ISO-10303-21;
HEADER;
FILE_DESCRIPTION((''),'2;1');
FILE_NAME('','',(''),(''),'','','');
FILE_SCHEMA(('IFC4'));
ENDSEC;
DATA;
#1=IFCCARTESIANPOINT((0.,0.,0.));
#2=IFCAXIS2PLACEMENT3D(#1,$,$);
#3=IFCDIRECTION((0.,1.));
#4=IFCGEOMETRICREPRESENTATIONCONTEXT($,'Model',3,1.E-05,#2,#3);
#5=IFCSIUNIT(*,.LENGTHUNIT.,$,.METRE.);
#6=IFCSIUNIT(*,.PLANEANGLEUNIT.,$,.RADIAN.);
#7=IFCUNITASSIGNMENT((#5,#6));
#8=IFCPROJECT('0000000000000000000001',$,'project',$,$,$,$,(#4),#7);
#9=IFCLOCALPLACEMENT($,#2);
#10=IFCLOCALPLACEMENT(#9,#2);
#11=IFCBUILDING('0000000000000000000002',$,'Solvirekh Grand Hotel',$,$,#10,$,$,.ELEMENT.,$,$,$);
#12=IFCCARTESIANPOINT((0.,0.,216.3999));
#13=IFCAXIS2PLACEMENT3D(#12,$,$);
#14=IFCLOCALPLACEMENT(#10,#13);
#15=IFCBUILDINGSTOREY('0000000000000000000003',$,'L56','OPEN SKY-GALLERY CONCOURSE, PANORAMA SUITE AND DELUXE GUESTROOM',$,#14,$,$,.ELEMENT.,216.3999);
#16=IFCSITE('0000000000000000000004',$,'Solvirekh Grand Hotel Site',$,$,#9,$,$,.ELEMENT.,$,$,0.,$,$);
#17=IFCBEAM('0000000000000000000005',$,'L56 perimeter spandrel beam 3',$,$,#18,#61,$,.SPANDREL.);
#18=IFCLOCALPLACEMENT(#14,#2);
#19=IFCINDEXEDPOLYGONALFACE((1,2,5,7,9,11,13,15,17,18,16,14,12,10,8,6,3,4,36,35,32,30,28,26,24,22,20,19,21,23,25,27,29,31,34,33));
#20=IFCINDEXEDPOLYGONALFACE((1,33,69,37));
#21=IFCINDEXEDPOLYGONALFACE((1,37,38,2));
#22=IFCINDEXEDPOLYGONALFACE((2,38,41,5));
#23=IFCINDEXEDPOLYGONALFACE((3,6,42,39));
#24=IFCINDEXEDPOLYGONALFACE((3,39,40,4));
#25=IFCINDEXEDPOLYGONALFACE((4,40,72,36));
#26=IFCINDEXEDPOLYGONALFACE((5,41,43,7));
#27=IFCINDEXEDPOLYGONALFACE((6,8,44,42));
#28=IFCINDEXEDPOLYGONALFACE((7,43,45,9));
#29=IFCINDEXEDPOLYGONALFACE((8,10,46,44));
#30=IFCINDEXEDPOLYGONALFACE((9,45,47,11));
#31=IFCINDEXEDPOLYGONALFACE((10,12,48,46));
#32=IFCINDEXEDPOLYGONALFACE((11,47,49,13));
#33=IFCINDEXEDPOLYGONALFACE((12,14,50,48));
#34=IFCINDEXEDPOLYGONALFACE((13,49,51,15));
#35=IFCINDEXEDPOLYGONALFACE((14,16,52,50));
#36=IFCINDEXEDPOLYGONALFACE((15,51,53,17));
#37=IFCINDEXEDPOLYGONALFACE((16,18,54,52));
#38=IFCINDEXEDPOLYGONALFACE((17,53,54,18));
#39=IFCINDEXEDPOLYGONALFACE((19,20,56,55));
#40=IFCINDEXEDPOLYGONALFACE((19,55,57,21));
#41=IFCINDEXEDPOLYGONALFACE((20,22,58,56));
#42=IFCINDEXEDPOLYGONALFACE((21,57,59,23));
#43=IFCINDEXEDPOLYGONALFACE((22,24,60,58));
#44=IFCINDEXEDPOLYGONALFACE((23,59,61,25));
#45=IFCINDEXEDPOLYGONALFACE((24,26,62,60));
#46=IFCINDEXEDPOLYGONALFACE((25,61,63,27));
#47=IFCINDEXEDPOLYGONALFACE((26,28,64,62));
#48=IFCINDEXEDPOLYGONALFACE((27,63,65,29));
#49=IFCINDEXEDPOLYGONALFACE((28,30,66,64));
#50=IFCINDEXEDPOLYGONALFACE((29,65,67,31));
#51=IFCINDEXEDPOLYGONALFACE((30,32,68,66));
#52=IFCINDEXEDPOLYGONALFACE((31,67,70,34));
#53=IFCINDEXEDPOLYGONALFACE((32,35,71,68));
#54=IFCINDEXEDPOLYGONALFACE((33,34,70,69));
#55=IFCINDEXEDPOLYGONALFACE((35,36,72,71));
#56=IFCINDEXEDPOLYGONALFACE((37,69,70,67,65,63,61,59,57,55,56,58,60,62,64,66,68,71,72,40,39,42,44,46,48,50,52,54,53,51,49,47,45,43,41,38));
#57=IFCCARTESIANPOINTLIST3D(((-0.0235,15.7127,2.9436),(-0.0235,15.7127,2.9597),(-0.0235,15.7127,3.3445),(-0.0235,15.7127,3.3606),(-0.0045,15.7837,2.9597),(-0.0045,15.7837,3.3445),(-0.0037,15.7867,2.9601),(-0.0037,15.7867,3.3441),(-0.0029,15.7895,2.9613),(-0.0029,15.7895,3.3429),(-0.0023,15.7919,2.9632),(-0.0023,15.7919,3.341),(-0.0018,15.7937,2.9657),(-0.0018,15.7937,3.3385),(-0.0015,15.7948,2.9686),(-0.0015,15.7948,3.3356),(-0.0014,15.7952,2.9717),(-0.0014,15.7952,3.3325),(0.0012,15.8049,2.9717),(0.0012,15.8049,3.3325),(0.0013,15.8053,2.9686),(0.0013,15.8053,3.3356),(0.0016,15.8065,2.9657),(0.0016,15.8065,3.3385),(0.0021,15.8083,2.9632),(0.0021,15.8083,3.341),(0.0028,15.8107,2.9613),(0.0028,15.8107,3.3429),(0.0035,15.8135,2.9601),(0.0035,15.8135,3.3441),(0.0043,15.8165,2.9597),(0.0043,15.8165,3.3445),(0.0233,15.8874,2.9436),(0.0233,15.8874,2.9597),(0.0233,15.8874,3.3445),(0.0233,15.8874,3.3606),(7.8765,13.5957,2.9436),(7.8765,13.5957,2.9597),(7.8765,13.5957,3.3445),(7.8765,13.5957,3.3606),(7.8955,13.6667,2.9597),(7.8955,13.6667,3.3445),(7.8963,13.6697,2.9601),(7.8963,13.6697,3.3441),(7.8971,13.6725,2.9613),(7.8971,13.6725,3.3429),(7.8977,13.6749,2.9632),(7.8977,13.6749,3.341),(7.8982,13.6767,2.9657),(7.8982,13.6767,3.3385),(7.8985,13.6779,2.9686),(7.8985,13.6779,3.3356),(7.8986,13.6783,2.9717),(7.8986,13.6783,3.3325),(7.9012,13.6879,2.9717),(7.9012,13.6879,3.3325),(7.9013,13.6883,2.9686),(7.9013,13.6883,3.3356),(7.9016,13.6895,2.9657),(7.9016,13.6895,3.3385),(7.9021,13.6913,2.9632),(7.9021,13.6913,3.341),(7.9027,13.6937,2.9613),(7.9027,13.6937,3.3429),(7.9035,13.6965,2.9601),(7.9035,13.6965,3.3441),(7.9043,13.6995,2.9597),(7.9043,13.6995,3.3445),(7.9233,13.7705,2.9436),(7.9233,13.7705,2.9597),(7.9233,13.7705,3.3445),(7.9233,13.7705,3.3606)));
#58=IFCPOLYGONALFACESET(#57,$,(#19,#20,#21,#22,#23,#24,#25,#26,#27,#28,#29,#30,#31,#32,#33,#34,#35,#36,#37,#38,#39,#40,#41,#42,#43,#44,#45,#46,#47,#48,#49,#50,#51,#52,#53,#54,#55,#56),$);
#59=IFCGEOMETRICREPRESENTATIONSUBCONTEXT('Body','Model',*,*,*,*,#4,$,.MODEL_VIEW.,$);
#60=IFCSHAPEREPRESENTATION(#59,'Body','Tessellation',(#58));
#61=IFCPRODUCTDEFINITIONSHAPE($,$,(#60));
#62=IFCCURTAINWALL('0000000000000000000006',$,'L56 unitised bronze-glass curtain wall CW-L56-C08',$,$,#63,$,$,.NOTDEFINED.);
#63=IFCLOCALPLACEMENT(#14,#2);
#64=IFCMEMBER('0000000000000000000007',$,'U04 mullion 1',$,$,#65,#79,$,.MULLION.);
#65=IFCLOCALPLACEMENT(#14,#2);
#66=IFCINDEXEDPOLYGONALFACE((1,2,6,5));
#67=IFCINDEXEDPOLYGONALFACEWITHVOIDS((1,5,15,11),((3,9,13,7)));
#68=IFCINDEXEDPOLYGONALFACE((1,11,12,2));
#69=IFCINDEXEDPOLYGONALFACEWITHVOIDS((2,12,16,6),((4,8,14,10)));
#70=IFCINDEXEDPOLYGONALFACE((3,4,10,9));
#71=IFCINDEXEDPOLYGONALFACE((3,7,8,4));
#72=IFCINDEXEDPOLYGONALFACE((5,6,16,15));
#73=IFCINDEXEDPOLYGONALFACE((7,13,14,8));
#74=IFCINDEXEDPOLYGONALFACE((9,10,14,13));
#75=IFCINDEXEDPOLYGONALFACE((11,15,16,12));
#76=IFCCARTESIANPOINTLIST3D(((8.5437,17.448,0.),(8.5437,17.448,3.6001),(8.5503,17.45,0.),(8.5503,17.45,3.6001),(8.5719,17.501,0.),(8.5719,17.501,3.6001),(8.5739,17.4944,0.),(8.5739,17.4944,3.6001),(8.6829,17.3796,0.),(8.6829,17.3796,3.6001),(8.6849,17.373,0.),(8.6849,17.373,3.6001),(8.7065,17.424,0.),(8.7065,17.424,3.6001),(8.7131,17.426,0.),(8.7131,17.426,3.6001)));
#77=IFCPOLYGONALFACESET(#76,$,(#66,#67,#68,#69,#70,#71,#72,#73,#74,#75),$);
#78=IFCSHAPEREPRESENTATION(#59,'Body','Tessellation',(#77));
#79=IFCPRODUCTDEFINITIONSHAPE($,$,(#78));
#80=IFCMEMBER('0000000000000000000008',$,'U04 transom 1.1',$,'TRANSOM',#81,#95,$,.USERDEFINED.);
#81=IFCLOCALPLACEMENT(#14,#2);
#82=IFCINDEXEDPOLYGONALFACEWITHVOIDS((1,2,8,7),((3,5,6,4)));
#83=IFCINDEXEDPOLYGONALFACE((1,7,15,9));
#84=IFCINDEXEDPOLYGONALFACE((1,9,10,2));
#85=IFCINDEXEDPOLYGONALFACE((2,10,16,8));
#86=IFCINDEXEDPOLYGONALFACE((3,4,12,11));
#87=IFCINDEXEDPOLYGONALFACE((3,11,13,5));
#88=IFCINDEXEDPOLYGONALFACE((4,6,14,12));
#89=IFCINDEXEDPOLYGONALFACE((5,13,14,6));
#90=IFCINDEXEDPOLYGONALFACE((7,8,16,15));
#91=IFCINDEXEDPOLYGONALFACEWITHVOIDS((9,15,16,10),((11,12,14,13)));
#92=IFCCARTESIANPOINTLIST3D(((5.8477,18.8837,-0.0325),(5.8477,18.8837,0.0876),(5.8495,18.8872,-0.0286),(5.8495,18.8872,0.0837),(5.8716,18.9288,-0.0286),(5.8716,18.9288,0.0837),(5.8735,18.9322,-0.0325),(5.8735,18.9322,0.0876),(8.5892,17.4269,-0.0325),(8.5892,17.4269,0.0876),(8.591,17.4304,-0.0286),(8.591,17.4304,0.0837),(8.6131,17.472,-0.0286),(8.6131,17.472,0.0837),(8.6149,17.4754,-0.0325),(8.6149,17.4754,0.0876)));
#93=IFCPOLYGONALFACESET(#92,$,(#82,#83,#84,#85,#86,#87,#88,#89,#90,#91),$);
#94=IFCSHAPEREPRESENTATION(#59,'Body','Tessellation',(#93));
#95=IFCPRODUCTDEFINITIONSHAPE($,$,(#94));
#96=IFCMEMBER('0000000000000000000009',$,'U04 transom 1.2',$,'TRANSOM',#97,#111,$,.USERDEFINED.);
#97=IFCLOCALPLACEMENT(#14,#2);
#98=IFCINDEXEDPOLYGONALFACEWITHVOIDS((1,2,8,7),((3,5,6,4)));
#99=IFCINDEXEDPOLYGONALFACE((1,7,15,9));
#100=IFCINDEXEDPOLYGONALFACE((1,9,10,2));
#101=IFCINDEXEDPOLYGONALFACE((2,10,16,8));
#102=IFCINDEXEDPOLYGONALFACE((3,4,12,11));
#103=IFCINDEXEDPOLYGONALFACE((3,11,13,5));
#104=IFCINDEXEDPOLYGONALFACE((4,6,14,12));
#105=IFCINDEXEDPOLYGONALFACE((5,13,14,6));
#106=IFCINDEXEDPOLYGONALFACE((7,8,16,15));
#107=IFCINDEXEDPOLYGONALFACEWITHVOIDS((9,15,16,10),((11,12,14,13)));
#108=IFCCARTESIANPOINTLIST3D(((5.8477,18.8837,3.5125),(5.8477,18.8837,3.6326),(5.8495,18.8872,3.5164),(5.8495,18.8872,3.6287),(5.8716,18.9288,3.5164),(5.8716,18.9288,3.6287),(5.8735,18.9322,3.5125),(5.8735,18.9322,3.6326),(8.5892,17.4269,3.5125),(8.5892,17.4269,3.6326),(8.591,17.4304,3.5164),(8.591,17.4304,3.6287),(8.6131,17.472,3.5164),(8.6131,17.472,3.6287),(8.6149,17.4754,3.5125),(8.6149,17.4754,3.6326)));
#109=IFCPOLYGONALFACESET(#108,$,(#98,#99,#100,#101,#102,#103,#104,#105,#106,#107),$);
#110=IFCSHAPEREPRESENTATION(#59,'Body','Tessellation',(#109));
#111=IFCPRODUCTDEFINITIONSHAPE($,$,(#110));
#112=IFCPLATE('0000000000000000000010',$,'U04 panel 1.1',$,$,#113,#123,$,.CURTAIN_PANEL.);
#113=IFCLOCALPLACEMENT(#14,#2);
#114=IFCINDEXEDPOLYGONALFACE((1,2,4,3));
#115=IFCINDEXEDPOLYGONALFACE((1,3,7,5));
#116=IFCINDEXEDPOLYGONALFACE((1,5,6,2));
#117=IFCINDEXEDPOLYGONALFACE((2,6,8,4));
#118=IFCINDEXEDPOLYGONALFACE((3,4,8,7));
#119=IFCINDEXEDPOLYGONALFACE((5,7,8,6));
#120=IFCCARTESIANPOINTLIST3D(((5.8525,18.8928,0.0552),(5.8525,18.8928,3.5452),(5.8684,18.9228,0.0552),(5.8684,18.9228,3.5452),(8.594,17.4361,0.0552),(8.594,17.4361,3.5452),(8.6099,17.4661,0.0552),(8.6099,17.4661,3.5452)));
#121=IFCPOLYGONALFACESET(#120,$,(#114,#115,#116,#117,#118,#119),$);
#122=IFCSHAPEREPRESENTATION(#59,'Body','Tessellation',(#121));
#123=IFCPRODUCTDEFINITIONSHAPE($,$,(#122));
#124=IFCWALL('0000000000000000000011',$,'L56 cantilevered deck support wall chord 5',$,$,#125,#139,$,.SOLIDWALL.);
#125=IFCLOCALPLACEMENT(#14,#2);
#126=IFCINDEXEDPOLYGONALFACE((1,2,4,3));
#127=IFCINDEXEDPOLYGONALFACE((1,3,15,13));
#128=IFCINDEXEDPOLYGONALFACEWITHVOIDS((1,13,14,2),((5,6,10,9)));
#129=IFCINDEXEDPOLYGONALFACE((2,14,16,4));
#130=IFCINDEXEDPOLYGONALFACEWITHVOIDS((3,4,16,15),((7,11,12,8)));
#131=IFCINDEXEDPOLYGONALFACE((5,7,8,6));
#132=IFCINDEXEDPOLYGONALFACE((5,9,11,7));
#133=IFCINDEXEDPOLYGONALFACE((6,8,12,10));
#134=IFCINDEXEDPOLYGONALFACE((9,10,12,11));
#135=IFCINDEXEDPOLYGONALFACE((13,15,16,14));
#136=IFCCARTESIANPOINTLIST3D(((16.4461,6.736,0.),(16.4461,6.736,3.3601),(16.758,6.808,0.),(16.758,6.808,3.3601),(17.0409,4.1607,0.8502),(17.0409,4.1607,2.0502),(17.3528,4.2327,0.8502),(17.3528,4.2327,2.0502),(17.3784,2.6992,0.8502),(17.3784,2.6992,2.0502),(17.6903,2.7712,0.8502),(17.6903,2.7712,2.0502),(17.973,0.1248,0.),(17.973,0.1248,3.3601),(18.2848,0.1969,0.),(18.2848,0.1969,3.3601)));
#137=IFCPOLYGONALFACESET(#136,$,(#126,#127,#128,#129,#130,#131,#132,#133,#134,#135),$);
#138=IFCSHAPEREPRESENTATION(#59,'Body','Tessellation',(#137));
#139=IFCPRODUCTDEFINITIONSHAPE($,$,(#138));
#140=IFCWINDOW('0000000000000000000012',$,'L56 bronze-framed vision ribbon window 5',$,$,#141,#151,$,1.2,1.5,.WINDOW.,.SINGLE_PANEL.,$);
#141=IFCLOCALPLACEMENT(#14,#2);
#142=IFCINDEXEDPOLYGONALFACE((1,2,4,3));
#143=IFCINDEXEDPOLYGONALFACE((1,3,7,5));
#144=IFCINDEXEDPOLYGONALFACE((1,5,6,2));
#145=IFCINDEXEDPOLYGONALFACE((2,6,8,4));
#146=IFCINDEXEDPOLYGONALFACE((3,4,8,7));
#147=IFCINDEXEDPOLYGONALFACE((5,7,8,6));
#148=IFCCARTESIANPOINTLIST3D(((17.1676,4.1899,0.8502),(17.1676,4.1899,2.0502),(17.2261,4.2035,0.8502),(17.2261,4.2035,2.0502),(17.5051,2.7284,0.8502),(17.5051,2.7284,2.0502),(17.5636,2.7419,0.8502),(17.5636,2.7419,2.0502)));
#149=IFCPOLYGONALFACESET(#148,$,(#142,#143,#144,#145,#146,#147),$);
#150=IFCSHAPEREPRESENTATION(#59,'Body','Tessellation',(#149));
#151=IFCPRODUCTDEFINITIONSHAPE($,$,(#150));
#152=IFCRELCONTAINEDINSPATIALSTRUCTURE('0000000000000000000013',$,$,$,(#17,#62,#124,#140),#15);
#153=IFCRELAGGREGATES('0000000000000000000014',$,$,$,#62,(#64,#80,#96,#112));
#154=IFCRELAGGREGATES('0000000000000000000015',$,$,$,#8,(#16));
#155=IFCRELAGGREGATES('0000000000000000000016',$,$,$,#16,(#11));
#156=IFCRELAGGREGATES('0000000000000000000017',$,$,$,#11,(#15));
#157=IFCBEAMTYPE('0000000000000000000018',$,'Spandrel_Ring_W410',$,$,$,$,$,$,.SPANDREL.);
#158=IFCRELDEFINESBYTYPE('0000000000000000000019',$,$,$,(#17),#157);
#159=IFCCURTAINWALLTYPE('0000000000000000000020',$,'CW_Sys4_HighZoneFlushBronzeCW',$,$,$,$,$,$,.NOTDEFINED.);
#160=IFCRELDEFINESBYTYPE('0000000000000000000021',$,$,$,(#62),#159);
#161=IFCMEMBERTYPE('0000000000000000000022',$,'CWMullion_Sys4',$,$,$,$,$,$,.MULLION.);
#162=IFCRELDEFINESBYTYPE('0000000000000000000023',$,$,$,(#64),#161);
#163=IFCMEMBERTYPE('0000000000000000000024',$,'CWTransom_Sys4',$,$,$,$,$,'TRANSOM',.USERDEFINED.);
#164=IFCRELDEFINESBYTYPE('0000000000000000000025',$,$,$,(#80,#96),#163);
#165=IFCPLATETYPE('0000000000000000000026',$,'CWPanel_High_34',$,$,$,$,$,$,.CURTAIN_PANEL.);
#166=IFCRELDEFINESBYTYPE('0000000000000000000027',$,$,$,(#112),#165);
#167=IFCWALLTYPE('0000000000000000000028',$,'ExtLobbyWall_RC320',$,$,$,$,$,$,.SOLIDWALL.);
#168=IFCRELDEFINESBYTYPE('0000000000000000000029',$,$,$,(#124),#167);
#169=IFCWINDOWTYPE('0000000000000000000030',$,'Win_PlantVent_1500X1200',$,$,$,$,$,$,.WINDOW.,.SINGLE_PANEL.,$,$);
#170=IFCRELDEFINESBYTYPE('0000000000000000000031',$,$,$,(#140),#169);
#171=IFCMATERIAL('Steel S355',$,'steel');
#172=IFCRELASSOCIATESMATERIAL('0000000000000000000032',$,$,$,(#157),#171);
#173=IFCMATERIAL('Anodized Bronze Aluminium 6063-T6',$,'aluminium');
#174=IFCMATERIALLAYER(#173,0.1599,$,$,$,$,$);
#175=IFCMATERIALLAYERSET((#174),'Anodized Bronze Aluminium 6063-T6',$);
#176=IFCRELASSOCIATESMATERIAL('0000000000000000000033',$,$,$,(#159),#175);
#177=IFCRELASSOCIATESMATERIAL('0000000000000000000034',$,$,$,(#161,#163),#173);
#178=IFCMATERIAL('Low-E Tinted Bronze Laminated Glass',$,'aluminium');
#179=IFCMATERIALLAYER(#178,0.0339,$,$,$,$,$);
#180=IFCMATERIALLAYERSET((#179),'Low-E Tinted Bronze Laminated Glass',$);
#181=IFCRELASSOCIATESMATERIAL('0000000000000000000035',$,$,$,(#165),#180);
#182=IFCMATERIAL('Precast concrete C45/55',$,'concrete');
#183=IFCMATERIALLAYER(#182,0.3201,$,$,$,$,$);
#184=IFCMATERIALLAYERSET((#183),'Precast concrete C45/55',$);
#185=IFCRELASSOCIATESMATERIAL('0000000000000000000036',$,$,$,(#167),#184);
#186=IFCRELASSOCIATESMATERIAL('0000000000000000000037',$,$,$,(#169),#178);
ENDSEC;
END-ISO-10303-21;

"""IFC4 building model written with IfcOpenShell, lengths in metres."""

from ifc_helpers import new_model, si_unit, direction, frame, frame_2d, origin, origin_2d, place, context, subcontext, project, spatial, rectangle, hollow_rectangle, i_section, extrude, source, transform, mapped, material, layer, layer_set, material_profile, profile_set, type_object, element, fill, aggregate, save


model = new_model("IFC4")

# Units and contexts
model_context = context("Model", 3, precision=1e-05, world=origin(), true_north=direction((0.0, 1.0)))
body_context = subcontext(model_context, "Body", "Model", "MODEL_VIEW")
ifc_project = project(units=[si_unit("LENGTHUNIT", "METRE"), si_unit("PLANEANGLEUNIT", "RADIAN")], contexts=[model_context])

# Site, building, storey
site_placement = place(None, origin())
site = spatial("IfcSite", under=ifc_project, at=site_placement, Name="Solvirekh Grand Hotel Site", CompositionType="ELEMENT", RefElevation=0.0)
building_placement = place(site_placement, origin())
building = spatial("IfcBuilding", under=site, at=building_placement, Name="Solvirekh Grand Hotel", CompositionType="ELEMENT")
storey_placement = place(building_placement, frame((0.0, 0.0, 216.3999)))
storey = spatial("IfcBuildingStorey", under=building, at=storey_placement, Name="L56", Description="OPEN SKY-GALLERY CONCOURSE, PANORAMA SUITE AND DELUXE GUESTROOM", CompositionType="ELEMENT", Elevation=216.3999)

# Beam
ifc_material_1 = material(Name="Steel S355", Category="steel")
ifc_material_profile_1 = material_profile(ifc_material_1, i_section(OverallWidth=0.1809, OverallDepth=0.417, WebThickness=0.01, FlangeThickness=0.0161, FilletRadius=0.012, at=origin_2d()), Name="W410X85")
ifc_profile_set_1 = profile_set([ifc_material_profile_1], Name="Steel S355")
beam_type_1 = type_object("IfcBeamType", Name="Spandrel_Ring_W410", PredefinedType="SPANDREL", material=ifc_profile_set_1)
for number, where, z_axis, x_axis, name in (
    (1, (7.8999, 13.6831, 3.1521), (-0.965921, 0.258839, 0.0), (-0.258839, -0.965921, 0.0), "L56 perimeter spandrel beam 3"),
):
    element("IfcBeam", number, at=place(storey_placement, frame(where, z_axis=z_axis, x_axis=x_axis)), inside=storey, type_object=beam_type_1, Name=name, PredefinedType="SPANDREL", context=body_context, shape_type="SweptSolid", body=[
        extrude(i_section(OverallWidth=0.1809, OverallDepth=0.417, WebThickness=0.01, FlangeThickness=0.0161, FilletRadius=0.012, at=origin_2d()), origin(), (0.0, 0.0, 1.0), 8.1787),
    ])

# Curtain wall, members, plate
ifc_material_2 = material(Name="Anodized Bronze Aluminium 6063-T6", Category="aluminium")
ifc_layer_1 = layer(ifc_material_2, 0.1599)
ifc_layer_set_1 = layer_set([ifc_layer_1], Name="Anodized Bronze Aluminium 6063-T6")
curtain_wall_type = type_object("IfcCurtainWallType", Name="CW_Sys4_HighZoneFlushBronzeCW", PredefinedType="NOTDEFINED", material=ifc_layer_set_1)
curtain_wall_placement = place(storey_placement, origin())
curtain_wall = element("IfcCurtainWall", 2, at=curtain_wall_placement, inside=storey, type_object=curtain_wall_type, Name="L56 unitised bronze-glass curtain wall CW-L56-C08", PredefinedType="NOTDEFINED")
ifc_material_profile_2 = material_profile(ifc_material_2, hollow_rectangle(XDim=0.0601, YDim=0.1599, WallThickness=0.0049, at=origin_2d()), Name="ALU RHS 160X60X5")
ifc_profile_set_2 = profile_set([ifc_material_profile_2], Name="Anodized Bronze Aluminium 6063-T6")
member_type_1 = type_object("IfcMemberType", Name="CWMullion_Sys4", PredefinedType="MULLION", material=ifc_profile_set_2)
shared_shape_1 = source(origin(), body_context, "Body", "SweptSolid", [
    extrude(hollow_rectangle(XDim=0.0601, YDim=0.1599, WallThickness=0.0049, at=origin_2d()), origin(), (0.0, 0.0, 1.0), 3.6001),
])
member_1_placement = place(storey_placement, frame((8.6284, 17.437, 0.0), z_axis=(0.0, 0.0, 1.0), x_axis=(-0.469239, -0.883071, 0.0)))
member_1 = element("IfcMember", 3, at=member_1_placement, type_object=member_type_1, Name="U04 mullion 1", PredefinedType="MULLION", context=body_context, shape_type="MappedRepresentation", body=[
    mapped(shared_shape_1, transform((0.0, 0.0, 0.0), x_axis=(1.0, 0.0, 0.0), y_axis=(0.0, 1.0, 0.0), z_axis=(0.0, 0.0, 1.0), scale=1.0)),
])
ifc_material_profile_3 = material_profile(ifc_material_2, hollow_rectangle(XDim=0.0549, YDim=0.1201, WallThickness=0.0039, at=origin_2d()), Name="ALU RHS 120X55X4")
ifc_profile_set_3 = profile_set([ifc_material_profile_3], Name="Anodized Bronze Aluminium 6063-T6")
member_type_2 = type_object("IfcMemberType", Name="CWTransom_Sys4", ElementType="TRANSOM", PredefinedType="USERDEFINED", material=ifc_profile_set_3)
shared_shape_2 = source(origin(), body_context, "Body", "SweptSolid", [
    extrude(hollow_rectangle(XDim=0.0549, YDim=0.1201, WallThickness=0.0039, at=origin_2d()), origin(), (0.0, 0.0, 1.0), 3.1045),
])
member_2_placement = place(storey_placement, frame((8.6021, 17.4512, 0.0276), z_axis=(-0.883064, 0.469253, 0.0), x_axis=(-0.469253, -0.883064, 0.0)))
member_2 = element("IfcMember", 4, at=member_2_placement, type_object=member_type_2, Name="U04 transom 1.1", ObjectType="TRANSOM", PredefinedType="USERDEFINED", context=body_context, shape_type="MappedRepresentation", body=[
    mapped(shared_shape_2, transform((0.0, 0.0, 0.0), x_axis=(1.0, 0.0, 0.0), y_axis=(0.0, 1.0, 0.0), z_axis=(0.0, 0.0, 1.0), scale=1.0)),
])
member_3_placement = place(storey_placement, frame((8.6021, 17.4512, 3.5725), z_axis=(-0.883064, 0.469253, 0.0), x_axis=(-0.469253, -0.883064, 0.0)))
member_3 = element("IfcMember", 5, at=member_3_placement, type_object=member_type_2, Name="U04 transom 1.2", ObjectType="TRANSOM", PredefinedType="USERDEFINED", context=body_context, shape_type="MappedRepresentation", body=[
    mapped(shared_shape_2, transform((0.0, 0.0, 0.0), x_axis=(1.0, 0.0, 0.0), y_axis=(0.0, 1.0, 0.0), z_axis=(0.0, 0.0, 1.0), scale=1.0)),
])
ifc_material_3 = material(Name="Low-E Tinted Bronze Laminated Glass", Category="aluminium")
ifc_layer_2 = layer(ifc_material_3, 0.0339)
ifc_layer_set_2 = layer_set([ifc_layer_2], Name="Low-E Tinted Bronze Laminated Glass")
plate_type = type_object("IfcPlateType", Name="CWPanel_High_34", PredefinedType="CURTAIN_PANEL", material=ifc_layer_set_2)
shared_shape_3 = source(origin(), body_context, "Body", "SweptSolid", [
    extrude(rectangle(XDim=3.1045, YDim=0.0339, at=origin_2d()), origin(), (0.0, 0.0, 1.0), 3.49),
])
plate_placement = place(storey_placement, frame((7.2312, 18.1794, 0.0552), z_axis=(0.0, 0.0, 1.0), x_axis=(-0.883071, 0.469239, 0.0)))
plate = element("IfcPlate", 6, at=plate_placement, type_object=plate_type, Name="U04 panel 1.1", PredefinedType="CURTAIN_PANEL", context=body_context, shape_type="MappedRepresentation", body=[
    mapped(shared_shape_3, transform((0.0, 0.0, 0.0), x_axis=(1.0, 0.0, 0.0), y_axis=(0.0, 1.0, 0.0), z_axis=(0.0, 0.0, 1.0), scale=1.0)),
])
aggregate(curtain_wall, [member_1, member_2, member_3, plate])

# Wall, opening, window
ifc_material_4 = material(Name="Precast concrete C45/55", Category="concrete")
ifc_layer_3 = layer(ifc_material_4, 0.3201)
ifc_layer_set_3 = layer_set([ifc_layer_3], Name="Precast concrete C45/55")
wall_type_1 = type_object("IfcWallType", Name="ExtLobbyWall_RC320", PredefinedType="SOLIDWALL", material=ifc_layer_set_3)
wall_1_placement = place(storey_placement, frame((16.6021, 6.772, 0.0), z_axis=(0.0, 0.0, 1.0), x_axis=(0.22503, -0.974352, 0.0)))
wall_1 = element("IfcWall", 7, at=wall_1_placement, inside=storey, type_object=wall_type_1, Name="L56 cantilevered deck support wall chord 5", PredefinedType="SOLIDWALL", context=body_context, shape_type="SweptSolid", body=[
    extrude(rectangle(XDim=6.7852, YDim=0.3201, at=frame_2d((3.3926, 0.0))), origin(), (0.0, 0.0, 1.0), 3.3601),
])
opening_1_placement = place(wall_1_placement, frame((2.6431, 0.0, 0.8501)))
opening_1 = element("IfcOpeningElement", 8, at=opening_1_placement, cuts=wall_1, PredefinedType="OPENING", context=body_context, shape_type="SweptSolid", body=[
    extrude(rectangle(XDim=1.5, YDim=1.2, at=frame_2d((0.75, 0.6001))), frame((0.0, 0.1699, 0.0), z_axis=(0.0, -1.0, 0.0), x_axis=(1.0, 0.0, 0.0)), (0.0, 0.0, 1.0), 0.3401),
])
window_type = type_object("IfcWindowType", Name="Win_PlantVent_1500X1200", PartitioningType="SINGLE_PANEL", PredefinedType="WINDOW", material=ifc_material_3)
window_1_placement = place(opening_1_placement, origin())
window_1 = element("IfcWindow", 9, at=window_1_placement, inside=storey, type_object=window_type, Name="L56 bronze-framed vision ribbon window 5", OverallHeight=1.2, OverallWidth=1.5, PartitioningType="SINGLE_PANEL", PredefinedType="WINDOW", context=body_context, shape_type="SweptSolid", body=[
    extrude(rectangle(XDim=1.5, YDim=1.2, at=frame_2d((0.75, 0.6001))), frame((0.0, 0.03, 0.0), z_axis=(0.0, -1.0, 0.0), x_axis=(1.0, 0.0, 0.0)), (0.0, 0.0, 1.0), 0.0601),
])
fill(opening_1, window_1)

save(model, "model.ifc")
